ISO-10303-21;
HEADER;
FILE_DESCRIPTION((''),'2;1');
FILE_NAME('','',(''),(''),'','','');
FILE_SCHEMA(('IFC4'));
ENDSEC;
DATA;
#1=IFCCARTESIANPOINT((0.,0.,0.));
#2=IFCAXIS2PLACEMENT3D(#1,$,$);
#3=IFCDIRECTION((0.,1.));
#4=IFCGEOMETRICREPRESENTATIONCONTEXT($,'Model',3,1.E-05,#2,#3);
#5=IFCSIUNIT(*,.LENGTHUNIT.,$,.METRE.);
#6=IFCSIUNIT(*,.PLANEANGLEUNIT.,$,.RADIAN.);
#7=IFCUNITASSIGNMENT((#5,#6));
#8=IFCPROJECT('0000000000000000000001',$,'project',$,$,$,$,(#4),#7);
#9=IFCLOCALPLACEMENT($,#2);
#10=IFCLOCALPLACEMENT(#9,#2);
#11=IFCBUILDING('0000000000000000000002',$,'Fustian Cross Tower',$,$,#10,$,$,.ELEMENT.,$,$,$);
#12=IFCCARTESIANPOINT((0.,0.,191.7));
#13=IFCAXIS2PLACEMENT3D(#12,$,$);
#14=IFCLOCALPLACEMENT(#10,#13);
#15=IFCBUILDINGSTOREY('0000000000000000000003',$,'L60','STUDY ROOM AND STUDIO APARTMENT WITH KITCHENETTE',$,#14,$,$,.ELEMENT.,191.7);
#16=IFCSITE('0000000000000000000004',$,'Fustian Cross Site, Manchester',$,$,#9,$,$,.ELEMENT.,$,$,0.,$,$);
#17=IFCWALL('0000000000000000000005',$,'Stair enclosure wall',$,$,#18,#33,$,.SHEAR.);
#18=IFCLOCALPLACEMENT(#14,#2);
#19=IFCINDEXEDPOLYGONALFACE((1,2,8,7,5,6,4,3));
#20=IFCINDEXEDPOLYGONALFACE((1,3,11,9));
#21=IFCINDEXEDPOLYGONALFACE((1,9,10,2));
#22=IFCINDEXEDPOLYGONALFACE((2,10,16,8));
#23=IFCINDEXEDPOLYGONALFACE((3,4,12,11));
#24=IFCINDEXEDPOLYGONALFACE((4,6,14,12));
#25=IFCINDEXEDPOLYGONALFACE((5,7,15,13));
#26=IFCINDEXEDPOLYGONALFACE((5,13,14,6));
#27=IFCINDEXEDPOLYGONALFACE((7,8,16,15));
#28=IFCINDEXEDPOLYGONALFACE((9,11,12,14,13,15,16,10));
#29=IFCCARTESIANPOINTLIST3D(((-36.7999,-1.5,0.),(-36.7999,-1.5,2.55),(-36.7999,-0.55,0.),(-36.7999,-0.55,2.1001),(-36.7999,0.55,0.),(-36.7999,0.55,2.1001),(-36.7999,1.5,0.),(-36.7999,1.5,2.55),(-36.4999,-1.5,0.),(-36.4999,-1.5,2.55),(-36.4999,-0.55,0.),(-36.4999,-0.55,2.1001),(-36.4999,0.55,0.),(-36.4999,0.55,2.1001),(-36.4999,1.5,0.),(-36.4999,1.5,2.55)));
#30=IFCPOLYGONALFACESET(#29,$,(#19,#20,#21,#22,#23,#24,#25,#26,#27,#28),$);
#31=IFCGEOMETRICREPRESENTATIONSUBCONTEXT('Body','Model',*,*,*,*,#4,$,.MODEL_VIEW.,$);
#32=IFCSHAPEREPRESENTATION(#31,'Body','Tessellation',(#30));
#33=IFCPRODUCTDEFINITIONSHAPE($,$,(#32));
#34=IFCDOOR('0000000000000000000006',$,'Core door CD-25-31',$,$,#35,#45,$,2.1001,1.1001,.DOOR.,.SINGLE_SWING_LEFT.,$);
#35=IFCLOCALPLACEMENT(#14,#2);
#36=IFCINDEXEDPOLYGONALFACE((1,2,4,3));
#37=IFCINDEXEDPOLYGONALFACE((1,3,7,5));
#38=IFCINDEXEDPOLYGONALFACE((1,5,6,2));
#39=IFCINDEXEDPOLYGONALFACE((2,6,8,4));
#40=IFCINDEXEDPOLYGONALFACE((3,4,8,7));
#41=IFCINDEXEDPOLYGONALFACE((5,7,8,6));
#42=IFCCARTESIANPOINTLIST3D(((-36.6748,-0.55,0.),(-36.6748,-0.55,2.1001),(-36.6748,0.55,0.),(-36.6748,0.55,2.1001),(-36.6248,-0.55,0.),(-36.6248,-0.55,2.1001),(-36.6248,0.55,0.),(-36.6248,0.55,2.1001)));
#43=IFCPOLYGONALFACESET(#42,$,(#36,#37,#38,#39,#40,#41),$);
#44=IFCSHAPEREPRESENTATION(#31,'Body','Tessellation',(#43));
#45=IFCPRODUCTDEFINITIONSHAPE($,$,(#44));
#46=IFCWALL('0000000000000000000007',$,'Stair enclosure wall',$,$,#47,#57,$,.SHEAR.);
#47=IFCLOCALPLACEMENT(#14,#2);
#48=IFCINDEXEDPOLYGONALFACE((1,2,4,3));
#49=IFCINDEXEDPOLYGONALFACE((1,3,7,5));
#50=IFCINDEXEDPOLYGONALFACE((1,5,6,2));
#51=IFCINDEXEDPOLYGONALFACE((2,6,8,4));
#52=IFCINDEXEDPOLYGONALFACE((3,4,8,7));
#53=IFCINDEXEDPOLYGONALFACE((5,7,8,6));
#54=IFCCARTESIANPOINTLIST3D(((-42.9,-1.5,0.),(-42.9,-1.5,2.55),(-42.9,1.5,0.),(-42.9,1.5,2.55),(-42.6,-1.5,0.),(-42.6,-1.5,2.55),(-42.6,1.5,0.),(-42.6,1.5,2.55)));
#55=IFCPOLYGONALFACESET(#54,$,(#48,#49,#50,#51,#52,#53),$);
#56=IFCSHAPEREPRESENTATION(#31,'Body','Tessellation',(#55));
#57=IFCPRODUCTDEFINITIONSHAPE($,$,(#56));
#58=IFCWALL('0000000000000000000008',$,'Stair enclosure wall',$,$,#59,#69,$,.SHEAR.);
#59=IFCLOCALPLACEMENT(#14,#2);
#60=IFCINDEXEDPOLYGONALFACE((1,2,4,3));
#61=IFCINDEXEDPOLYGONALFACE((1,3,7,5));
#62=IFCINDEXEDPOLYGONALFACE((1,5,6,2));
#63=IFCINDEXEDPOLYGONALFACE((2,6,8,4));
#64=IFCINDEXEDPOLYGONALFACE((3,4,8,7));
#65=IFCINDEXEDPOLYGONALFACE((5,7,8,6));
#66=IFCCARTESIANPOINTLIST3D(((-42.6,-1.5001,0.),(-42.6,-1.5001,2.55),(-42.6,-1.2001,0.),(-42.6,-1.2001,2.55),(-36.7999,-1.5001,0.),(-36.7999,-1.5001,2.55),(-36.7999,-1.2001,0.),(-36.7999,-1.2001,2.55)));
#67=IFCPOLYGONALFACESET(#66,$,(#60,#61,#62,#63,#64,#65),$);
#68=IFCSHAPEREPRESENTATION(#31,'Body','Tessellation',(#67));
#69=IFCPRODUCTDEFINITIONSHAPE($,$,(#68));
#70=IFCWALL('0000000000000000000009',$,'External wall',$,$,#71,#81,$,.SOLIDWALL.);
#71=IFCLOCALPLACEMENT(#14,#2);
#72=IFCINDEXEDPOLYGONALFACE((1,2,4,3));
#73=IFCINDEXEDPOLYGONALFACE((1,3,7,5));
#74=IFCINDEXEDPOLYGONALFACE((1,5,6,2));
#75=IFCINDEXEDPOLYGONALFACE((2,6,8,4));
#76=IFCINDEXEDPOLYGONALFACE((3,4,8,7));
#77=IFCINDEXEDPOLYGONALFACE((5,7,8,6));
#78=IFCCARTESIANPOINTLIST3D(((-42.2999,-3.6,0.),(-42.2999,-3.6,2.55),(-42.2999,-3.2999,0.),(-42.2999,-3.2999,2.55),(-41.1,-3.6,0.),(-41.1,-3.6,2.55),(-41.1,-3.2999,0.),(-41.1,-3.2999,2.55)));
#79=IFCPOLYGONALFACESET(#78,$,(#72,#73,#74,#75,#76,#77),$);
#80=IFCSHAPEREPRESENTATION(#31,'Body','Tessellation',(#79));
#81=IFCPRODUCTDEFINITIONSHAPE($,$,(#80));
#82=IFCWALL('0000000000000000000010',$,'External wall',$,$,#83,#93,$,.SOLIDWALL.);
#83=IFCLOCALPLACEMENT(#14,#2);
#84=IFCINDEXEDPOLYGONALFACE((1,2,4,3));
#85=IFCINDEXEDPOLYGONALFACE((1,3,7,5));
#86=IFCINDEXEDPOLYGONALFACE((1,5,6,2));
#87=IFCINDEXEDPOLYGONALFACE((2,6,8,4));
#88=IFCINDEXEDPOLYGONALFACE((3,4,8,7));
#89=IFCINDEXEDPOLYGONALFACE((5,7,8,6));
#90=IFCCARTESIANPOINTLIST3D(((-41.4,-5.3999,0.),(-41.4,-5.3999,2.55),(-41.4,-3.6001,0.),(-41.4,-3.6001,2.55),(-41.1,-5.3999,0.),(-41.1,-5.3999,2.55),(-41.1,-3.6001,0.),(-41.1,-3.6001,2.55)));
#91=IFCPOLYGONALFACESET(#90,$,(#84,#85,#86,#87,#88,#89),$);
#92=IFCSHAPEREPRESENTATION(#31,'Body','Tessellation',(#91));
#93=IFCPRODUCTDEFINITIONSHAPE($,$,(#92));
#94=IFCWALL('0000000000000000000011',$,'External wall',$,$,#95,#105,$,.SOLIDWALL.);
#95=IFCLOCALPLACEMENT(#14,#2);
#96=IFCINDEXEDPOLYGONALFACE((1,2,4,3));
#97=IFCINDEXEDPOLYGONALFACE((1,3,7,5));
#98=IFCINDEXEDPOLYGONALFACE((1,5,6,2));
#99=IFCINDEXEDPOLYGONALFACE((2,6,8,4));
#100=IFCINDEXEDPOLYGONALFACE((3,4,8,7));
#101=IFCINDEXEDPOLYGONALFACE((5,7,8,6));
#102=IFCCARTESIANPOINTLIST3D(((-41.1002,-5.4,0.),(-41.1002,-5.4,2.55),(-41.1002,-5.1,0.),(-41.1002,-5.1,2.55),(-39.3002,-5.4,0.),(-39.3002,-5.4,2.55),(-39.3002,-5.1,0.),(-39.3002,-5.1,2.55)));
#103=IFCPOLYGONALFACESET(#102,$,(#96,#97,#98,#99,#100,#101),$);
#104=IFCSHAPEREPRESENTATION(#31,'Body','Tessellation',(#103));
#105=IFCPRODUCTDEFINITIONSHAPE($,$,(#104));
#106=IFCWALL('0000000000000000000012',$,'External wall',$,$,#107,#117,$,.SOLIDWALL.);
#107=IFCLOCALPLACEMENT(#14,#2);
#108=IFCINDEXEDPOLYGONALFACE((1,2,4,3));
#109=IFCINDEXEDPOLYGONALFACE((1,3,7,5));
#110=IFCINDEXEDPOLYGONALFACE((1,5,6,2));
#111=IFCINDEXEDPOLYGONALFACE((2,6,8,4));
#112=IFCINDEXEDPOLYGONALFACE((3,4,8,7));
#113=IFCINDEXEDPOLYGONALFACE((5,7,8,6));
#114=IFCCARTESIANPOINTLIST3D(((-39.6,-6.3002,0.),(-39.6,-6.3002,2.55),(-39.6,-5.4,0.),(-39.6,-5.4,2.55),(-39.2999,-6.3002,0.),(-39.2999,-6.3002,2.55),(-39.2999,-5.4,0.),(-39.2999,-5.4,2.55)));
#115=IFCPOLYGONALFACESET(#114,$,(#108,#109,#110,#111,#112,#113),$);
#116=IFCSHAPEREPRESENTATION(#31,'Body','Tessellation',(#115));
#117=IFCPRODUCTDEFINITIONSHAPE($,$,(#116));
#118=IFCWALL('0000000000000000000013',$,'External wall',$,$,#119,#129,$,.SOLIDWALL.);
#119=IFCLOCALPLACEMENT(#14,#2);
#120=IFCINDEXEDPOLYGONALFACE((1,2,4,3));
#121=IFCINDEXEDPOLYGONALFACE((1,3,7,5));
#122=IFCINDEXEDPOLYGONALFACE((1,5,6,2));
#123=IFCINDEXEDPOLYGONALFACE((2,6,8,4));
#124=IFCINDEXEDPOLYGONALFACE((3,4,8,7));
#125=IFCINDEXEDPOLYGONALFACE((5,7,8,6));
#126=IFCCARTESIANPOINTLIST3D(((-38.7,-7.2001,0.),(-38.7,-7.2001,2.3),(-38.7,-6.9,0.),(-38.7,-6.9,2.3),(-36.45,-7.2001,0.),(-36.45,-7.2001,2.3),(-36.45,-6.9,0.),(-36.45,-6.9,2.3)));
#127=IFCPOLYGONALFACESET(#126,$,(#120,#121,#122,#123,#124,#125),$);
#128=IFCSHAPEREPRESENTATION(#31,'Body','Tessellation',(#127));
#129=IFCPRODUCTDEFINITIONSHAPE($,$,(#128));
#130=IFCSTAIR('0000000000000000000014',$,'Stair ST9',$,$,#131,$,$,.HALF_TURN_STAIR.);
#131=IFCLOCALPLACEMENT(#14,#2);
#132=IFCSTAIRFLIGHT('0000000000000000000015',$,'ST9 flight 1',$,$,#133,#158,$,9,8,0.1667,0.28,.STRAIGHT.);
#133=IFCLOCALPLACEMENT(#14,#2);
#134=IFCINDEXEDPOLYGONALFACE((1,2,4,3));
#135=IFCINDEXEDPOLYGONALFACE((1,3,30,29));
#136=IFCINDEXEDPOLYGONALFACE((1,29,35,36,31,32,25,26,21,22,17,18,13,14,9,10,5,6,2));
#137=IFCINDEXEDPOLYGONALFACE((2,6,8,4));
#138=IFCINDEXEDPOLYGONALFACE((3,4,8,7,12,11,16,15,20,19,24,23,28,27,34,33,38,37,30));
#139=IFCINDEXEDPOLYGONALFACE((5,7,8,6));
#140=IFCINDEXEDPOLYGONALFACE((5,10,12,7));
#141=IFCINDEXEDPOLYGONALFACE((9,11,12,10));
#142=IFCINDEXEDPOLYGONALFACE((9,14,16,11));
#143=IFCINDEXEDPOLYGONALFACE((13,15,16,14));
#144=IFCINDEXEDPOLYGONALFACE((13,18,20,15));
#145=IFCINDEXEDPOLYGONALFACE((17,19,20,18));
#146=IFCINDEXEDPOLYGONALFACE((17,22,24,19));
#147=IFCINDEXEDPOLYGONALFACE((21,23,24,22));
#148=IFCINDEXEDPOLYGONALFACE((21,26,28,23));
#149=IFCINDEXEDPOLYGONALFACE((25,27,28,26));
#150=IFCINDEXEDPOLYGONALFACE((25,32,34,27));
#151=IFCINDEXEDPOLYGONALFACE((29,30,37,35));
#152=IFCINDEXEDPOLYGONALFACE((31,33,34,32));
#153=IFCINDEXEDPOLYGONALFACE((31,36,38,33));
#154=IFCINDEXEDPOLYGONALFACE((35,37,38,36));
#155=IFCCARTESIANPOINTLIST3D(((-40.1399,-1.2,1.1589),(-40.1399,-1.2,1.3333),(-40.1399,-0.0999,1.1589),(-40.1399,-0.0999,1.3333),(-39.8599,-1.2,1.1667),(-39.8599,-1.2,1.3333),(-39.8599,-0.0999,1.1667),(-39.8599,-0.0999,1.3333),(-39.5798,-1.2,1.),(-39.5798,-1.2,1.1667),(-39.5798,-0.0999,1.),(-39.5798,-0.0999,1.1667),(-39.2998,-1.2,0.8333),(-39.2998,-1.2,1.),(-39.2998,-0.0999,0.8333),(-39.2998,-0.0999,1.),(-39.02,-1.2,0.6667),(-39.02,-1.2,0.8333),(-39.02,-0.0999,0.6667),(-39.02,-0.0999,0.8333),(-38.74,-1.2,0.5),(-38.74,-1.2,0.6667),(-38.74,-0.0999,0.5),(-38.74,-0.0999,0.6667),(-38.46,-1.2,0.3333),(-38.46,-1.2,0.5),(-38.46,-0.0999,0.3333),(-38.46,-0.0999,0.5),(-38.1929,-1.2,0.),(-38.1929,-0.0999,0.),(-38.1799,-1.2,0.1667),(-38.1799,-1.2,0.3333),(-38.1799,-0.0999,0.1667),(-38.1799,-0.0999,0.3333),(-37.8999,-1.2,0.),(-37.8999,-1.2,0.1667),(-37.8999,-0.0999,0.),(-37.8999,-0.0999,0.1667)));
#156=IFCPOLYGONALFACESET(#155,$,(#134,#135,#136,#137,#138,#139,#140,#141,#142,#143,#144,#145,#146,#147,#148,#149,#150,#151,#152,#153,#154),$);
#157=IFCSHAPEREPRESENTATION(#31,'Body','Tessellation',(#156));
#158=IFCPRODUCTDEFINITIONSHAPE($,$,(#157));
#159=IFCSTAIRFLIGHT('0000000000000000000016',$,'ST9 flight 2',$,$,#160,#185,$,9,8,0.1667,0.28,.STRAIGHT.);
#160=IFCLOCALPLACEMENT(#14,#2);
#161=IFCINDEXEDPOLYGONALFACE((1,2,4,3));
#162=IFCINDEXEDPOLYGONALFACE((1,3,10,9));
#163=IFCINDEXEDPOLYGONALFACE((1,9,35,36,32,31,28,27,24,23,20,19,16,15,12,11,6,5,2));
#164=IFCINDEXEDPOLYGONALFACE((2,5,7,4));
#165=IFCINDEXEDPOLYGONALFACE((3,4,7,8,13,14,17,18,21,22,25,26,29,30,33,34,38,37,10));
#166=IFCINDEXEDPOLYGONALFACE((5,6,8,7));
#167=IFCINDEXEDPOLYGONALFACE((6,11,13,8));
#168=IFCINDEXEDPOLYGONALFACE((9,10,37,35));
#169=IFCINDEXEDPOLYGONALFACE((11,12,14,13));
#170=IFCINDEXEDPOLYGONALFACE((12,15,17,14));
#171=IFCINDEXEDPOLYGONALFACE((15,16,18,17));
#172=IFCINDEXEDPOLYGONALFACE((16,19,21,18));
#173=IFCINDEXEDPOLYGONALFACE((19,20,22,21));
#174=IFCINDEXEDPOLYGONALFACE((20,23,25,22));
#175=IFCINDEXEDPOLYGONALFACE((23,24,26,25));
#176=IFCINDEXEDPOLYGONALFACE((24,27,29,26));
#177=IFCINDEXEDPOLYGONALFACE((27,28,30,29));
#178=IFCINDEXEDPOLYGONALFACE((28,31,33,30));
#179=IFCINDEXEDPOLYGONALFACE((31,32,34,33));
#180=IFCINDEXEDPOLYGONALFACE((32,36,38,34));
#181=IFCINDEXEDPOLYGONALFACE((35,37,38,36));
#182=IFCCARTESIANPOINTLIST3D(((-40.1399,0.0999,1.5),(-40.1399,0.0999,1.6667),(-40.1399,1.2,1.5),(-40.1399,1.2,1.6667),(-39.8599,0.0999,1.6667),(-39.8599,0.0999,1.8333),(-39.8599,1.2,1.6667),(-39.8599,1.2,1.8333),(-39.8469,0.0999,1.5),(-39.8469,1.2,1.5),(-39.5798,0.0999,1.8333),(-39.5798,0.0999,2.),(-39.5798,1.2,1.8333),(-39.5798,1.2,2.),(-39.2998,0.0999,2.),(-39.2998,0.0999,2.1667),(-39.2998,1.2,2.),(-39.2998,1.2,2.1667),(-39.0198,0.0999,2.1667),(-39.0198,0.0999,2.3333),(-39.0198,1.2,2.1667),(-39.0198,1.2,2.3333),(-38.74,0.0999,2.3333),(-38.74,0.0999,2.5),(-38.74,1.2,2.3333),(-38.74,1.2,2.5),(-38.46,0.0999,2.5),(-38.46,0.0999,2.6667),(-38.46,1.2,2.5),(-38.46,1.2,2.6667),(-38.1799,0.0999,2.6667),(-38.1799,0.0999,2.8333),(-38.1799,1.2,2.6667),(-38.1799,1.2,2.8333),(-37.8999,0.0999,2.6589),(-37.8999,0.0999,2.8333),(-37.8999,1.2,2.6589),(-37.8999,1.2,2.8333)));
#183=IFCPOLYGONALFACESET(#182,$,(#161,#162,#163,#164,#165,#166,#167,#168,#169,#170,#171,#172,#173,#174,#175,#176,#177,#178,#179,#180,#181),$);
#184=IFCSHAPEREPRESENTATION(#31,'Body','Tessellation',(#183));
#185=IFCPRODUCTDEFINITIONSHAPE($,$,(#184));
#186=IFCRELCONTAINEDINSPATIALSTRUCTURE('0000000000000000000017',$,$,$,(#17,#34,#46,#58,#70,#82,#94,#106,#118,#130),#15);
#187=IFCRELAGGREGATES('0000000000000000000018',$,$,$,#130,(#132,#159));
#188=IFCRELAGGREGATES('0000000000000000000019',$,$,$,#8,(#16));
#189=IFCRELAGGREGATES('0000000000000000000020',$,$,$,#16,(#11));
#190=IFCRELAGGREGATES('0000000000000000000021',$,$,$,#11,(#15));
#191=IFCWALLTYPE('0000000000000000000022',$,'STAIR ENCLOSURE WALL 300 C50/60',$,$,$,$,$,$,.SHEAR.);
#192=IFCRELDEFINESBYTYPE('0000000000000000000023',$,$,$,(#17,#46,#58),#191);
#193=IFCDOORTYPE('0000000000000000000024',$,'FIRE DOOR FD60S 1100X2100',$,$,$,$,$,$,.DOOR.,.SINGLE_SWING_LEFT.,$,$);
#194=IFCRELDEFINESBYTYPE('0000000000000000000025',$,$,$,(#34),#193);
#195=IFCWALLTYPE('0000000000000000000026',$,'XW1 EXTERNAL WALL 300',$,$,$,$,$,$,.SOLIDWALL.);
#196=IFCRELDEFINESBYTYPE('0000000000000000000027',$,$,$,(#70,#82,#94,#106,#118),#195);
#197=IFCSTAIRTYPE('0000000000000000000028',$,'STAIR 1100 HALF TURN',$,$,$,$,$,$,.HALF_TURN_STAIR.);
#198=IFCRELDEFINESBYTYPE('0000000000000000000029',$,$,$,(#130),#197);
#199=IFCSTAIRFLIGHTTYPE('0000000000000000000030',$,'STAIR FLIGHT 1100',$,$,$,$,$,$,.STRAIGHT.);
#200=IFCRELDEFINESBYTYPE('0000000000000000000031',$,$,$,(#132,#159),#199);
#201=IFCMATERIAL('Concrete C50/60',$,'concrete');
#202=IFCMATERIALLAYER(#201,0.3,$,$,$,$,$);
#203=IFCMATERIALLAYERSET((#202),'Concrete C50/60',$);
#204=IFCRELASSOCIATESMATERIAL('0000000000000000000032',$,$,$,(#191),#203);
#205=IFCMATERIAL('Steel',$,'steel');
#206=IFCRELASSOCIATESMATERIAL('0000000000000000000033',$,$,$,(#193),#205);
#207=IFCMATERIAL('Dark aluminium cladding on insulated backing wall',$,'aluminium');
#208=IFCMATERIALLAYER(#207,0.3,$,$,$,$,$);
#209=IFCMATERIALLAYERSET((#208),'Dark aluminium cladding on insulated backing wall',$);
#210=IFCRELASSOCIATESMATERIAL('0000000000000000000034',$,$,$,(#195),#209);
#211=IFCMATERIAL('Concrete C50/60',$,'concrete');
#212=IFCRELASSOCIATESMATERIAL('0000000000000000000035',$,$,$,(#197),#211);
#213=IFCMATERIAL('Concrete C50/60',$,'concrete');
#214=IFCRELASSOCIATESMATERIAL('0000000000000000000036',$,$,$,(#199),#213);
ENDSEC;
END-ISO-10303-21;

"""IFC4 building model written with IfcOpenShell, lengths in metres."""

from ifc_helpers import new_model, si_unit, direction, frame, frame_2d, origin, place, context, subcontext, project, spatial, polyline, rectangle, outline, extrude, material, layer, layer_set, type_object, element, fill, aggregate, save


model = new_model("IFC4")

# Units and contexts
model_context = context("Model", 3, precision=1e-05, world=origin(), true_north=direction((0.0, 1.0)))
body_context = subcontext(model_context, "Body", "Model", "MODEL_VIEW")
ifc_project = project(units=[si_unit("LENGTHUNIT", "METRE"), si_unit("PLANEANGLEUNIT", "RADIAN")], contexts=[model_context])

# Site, building, storey
site_placement = place(None, origin())
site = spatial("IfcSite", under=ifc_project, at=site_placement, Name="Fustian Cross Site, Manchester", CompositionType="ELEMENT", RefElevation=0.0)
building_placement = place(site_placement, origin())
building = spatial("IfcBuilding", under=site, at=building_placement, Name="Fustian Cross Tower", CompositionType="ELEMENT")
storey_placement = place(building_placement, frame((0.0, 0.0, 191.7)))
storey = spatial("IfcBuildingStorey", under=building, at=storey_placement, Name="L60", Description="STUDY ROOM AND STUDIO APARTMENT WITH KITCHENETTE", CompositionType="ELEMENT", Elevation=191.7)

# Wall, opening, door
ifc_material_1 = material(Name="Concrete C50/60", Category="concrete")
ifc_layer_1 = layer(ifc_material_1, 0.3)
ifc_layer_set_1 = layer_set([ifc_layer_1], Name="Concrete C50/60")
wall_type_1 = type_object("IfcWallType", Name="STAIR ENCLOSURE WALL 300 C50/60", PredefinedType="SHEAR", material=ifc_layer_set_1)
wall_1_placement = place(storey_placement, frame((-36.6499, -1.5, 0.0), z_axis=(0.0, 0.0, 1.0), x_axis=(0.0, 1.0, 0.0)))
wall_1 = element("IfcWall", 1, at=wall_1_placement, inside=storey, type_object=wall_type_1, Name="Stair enclosure wall", PredefinedType="SHEAR", context=body_context, shape_type="SweptSolid", body=[
    extrude(rectangle(XDim=3.0, YDim=0.3, at=frame_2d((1.5, 0.0))), origin(), (0.0, 0.0, 1.0), 2.55),
])
opening_1_placement = place(wall_1_placement, frame((0.95, 0.0, 0.0)))
opening_1 = element("IfcOpeningElement", 2, at=opening_1_placement, cuts=wall_1, PredefinedType="OPENING", context=body_context, shape_type="SweptSolid", body=[
    extrude(rectangle(XDim=1.1001, YDim=2.1001, at=frame_2d((0.55, 1.05))), frame((0.0, 0.1599, 0.0), z_axis=(0.0, -1.0, 0.0), x_axis=(1.0, 0.0, 0.0)), (0.0, 0.0, 1.0), 0.3201),
])
ifc_material_2 = material(Name="Steel", Category="steel")
door_type_1 = type_object("IfcDoorType", Name="FIRE DOOR FD60S 1100X2100", OperationType="SINGLE_SWING_LEFT", PredefinedType="DOOR", material=ifc_material_2)
door_1_placement = place(opening_1_placement, origin())
door_1 = element("IfcDoor", 3, at=door_1_placement, inside=storey, type_object=door_type_1, Name="Core door CD-25-31", OperationType="SINGLE_SWING_LEFT", OverallHeight=2.1001, OverallWidth=1.1001, PredefinedType="DOOR", context=body_context, shape_type="SweptSolid", body=[
    extrude(rectangle(XDim=1.1001, YDim=2.1001, at=frame_2d((0.55, 1.05))), frame((0.0, 0.0249, 0.0), z_axis=(0.0, -1.0, 0.0), x_axis=(1.0, 0.0, 0.0)), (0.0, 0.0, 1.0), 0.05),
])
fill(opening_1, door_1)

# Walls
wall_2_placement = place(storey_placement, frame((-42.75, -1.5, 0.0), z_axis=(0.0, 0.0, 1.0), x_axis=(0.0, 1.0, 0.0)))
element("IfcWall", 4, at=wall_2_placement, inside=storey, type_object=wall_type_1, Name="Stair enclosure wall", PredefinedType="SHEAR", context=body_context, shape_type="SweptSolid", body=[
    extrude(rectangle(XDim=3.0, YDim=0.3, at=frame_2d((1.5, 0.0))), origin(), (0.0, 0.0, 1.0), 2.55),
])
wall_3_placement = place(storey_placement, frame((-36.8, -1.3501, 0.0), z_axis=(0.0, 0.0, 1.0), x_axis=(-1.0, 0.0, 0.0)))
element("IfcWall", 5, at=wall_3_placement, inside=storey, type_object=wall_type_1, Name="Stair enclosure wall", PredefinedType="SHEAR", context=body_context, shape_type="SweptSolid", body=[
    extrude(rectangle(XDim=5.8, YDim=0.3, at=frame_2d((2.8999, 0.0))), origin(), (0.0, 0.0, 1.0), 2.55),
])
ifc_material_3 = material(Name="Dark aluminium cladding on insulated backing wall", Category="aluminium")
ifc_layer_2 = layer(ifc_material_3, 0.3)
ifc_layer_set_2 = layer_set([ifc_layer_2], Name="Dark aluminium cladding on insulated backing wall")
wall_type_2 = type_object("IfcWallType", Name="XW1 EXTERNAL WALL 300", PredefinedType="SOLIDWALL", material=ifc_layer_set_2)
wall_4_placement = place(storey_placement, frame((-42.3, -3.45, 0.0), z_axis=(0.0, 0.0, 1.0), x_axis=(1.0, 0.0, 0.0)))
element("IfcWall", 6, at=wall_4_placement, inside=storey, type_object=wall_type_2, Name="External wall", PredefinedType="SOLIDWALL", context=body_context, shape_type="SweptSolid", body=[
    extrude(rectangle(XDim=1.2, YDim=0.3, at=frame_2d((0.6001, 0.0))), origin(), (0.0, 0.0, 1.0), 2.55),
])
wall_5_placement = place(storey_placement, frame((-41.25, -3.6001, 0.0), z_axis=(0.0, 0.0, 1.0), x_axis=(0.0, -1.0, 0.0)))
element("IfcWall", 7, at=wall_5_placement, inside=storey, type_object=wall_type_2, Name="External wall", PredefinedType="SOLIDWALL", context=body_context, shape_type="SweptSolid", body=[
    extrude(rectangle(XDim=1.7998, YDim=0.3, at=frame_2d((0.8999, 0.0))), origin(), (0.0, 0.0, 1.0), 2.55),
])
wall_6_placement = place(storey_placement, frame((-41.1001, -5.25, 0.0), z_axis=(0.0, 0.0, 1.0), x_axis=(1.0, 0.0, 0.0)))
element("IfcWall", 8, at=wall_6_placement, inside=storey, type_object=wall_type_2, Name="External wall", PredefinedType="SOLIDWALL", context=body_context, shape_type="SweptSolid", body=[
    extrude(rectangle(XDim=1.8, YDim=0.3, at=frame_2d((0.8999, 0.0))), origin(), (0.0, 0.0, 1.0), 2.55),
])
wall_7_placement = place(storey_placement, frame((-39.45, -5.3999, 0.0), z_axis=(0.0, 0.0, 1.0), x_axis=(0.0, -1.0, 0.0)))
element("IfcWall", 9, at=wall_7_placement, inside=storey, type_object=wall_type_2, Name="External wall", PredefinedType="SOLIDWALL", context=body_context, shape_type="SweptSolid", body=[
    extrude(rectangle(XDim=0.9001, YDim=0.3, at=frame_2d((0.4502, 0.0))), origin(), (0.0, 0.0, 1.0), 2.55),
])
wall_8_placement = place(storey_placement, frame((-38.7, -7.05, 0.0), z_axis=(0.0, 0.0, 1.0), x_axis=(1.0, 0.0, 0.0)))
element("IfcWall", 10, at=wall_8_placement, inside=storey, type_object=wall_type_2, Name="External wall", PredefinedType="SOLIDWALL", context=body_context, shape_type="SweptSolid", body=[
    extrude(rectangle(XDim=2.25, YDim=0.3, at=frame_2d((1.125, 0.0))), origin(), (0.0, 0.0, 1.0), 2.3),
])

# Stair, stair flights
ifc_material_4 = material(Name="Concrete C50/60", Category="concrete")
stair_type = type_object("IfcStairType", Name="STAIR 1100 HALF TURN", PredefinedType="HALF_TURN_STAIR", material=ifc_material_4)
stair_placement = place(storey_placement, origin())
stair = element("IfcStair", 11, at=stair_placement, inside=storey, type_object=stair_type, Name="Stair ST9", PredefinedType="HALF_TURN_STAIR")
ifc_material_5 = material(Name="Concrete C50/60", Category="concrete")
stair_flight_type = type_object("IfcStairFlightType", Name="STAIR FLIGHT 1100", PredefinedType="STRAIGHT", material=ifc_material_5)
stair_flight_1_placement = place(storey_placement, frame((-37.8999, -0.6499, 0.0), z_axis=(0.0, 0.0, 1.0), x_axis=(-1.0, 0.0, 0.0)))
stair_flight_1 = element("IfcStairFlight", 12, at=stair_flight_1_placement, type_object=stair_flight_type, Name="ST9 flight 1", NumberOfRisers=9, NumberOfTreads=8, PredefinedType="STRAIGHT", RiserHeight=0.1667, TreadLength=0.28, context=body_context, shape_type="SweptSolid", body=[
    extrude(outline(polyline([(0.0, 0.0), (0.0, 0.1667), (0.28, 0.1667), (0.28, 0.3333), (0.5601, 0.3333), (0.5601, 0.5), (0.8401, 0.5), (0.8401, 0.6667), (1.1201, 0.6667), (1.1201, 0.8333), (1.3999, 0.8333), (1.3999, 1.0), (1.6799, 1.0), (1.6799, 1.1667), (1.96, 1.1667), (1.96, 1.3333), (2.24, 1.3333), (2.24, 1.5), (2.24, 1.1589), (0.293, 0.0), (0.0, 0.0)])), frame((0.0, 0.55, 0.0), z_axis=(0.0, -1.0, 0.0), x_axis=(1.0, 0.0, 0.0)), (0.0, 0.0, 1.0), 1.1001),
])
stair_flight_2_placement = place(storey_placement, frame((-40.1399, 0.6499, 1.5), z_axis=(0.0, 0.0, 1.0), x_axis=(1.0, 0.0, 0.0)))
stair_flight_2 = element("IfcStairFlight", 13, at=stair_flight_2_placement, type_object=stair_flight_type, Name="ST9 flight 2", NumberOfRisers=9, NumberOfTreads=8, PredefinedType="STRAIGHT", RiserHeight=0.1667, TreadLength=0.28, context=body_context, shape_type="SweptSolid", body=[
    extrude(outline(polyline([(0.0, 0.0), (0.0, 0.1667), (0.28, 0.1667), (0.28, 0.3333), (0.5601, 0.3333), (0.5601, 0.5), (0.8401, 0.5), (0.8401, 0.6667), (1.1201, 0.6667), (1.1201, 0.8333), (1.3999, 0.8333), (1.3999, 1.0), (1.6799, 1.0), (1.6799, 1.1667), (1.96, 1.1667), (1.96, 1.3333), (2.24, 1.3333), (2.24, 1.5), (2.24, 1.1589), (0.293, 0.0), (0.0, 0.0)])), frame((0.0, 0.55, 0.0), z_axis=(0.0, -1.0, 0.0), x_axis=(1.0, 0.0, 0.0)), (0.0, 0.0, 1.0), 1.1001),
])
aggregate(stair, [stair_flight_1, stair_flight_2])

save(model, "model.ifc")
